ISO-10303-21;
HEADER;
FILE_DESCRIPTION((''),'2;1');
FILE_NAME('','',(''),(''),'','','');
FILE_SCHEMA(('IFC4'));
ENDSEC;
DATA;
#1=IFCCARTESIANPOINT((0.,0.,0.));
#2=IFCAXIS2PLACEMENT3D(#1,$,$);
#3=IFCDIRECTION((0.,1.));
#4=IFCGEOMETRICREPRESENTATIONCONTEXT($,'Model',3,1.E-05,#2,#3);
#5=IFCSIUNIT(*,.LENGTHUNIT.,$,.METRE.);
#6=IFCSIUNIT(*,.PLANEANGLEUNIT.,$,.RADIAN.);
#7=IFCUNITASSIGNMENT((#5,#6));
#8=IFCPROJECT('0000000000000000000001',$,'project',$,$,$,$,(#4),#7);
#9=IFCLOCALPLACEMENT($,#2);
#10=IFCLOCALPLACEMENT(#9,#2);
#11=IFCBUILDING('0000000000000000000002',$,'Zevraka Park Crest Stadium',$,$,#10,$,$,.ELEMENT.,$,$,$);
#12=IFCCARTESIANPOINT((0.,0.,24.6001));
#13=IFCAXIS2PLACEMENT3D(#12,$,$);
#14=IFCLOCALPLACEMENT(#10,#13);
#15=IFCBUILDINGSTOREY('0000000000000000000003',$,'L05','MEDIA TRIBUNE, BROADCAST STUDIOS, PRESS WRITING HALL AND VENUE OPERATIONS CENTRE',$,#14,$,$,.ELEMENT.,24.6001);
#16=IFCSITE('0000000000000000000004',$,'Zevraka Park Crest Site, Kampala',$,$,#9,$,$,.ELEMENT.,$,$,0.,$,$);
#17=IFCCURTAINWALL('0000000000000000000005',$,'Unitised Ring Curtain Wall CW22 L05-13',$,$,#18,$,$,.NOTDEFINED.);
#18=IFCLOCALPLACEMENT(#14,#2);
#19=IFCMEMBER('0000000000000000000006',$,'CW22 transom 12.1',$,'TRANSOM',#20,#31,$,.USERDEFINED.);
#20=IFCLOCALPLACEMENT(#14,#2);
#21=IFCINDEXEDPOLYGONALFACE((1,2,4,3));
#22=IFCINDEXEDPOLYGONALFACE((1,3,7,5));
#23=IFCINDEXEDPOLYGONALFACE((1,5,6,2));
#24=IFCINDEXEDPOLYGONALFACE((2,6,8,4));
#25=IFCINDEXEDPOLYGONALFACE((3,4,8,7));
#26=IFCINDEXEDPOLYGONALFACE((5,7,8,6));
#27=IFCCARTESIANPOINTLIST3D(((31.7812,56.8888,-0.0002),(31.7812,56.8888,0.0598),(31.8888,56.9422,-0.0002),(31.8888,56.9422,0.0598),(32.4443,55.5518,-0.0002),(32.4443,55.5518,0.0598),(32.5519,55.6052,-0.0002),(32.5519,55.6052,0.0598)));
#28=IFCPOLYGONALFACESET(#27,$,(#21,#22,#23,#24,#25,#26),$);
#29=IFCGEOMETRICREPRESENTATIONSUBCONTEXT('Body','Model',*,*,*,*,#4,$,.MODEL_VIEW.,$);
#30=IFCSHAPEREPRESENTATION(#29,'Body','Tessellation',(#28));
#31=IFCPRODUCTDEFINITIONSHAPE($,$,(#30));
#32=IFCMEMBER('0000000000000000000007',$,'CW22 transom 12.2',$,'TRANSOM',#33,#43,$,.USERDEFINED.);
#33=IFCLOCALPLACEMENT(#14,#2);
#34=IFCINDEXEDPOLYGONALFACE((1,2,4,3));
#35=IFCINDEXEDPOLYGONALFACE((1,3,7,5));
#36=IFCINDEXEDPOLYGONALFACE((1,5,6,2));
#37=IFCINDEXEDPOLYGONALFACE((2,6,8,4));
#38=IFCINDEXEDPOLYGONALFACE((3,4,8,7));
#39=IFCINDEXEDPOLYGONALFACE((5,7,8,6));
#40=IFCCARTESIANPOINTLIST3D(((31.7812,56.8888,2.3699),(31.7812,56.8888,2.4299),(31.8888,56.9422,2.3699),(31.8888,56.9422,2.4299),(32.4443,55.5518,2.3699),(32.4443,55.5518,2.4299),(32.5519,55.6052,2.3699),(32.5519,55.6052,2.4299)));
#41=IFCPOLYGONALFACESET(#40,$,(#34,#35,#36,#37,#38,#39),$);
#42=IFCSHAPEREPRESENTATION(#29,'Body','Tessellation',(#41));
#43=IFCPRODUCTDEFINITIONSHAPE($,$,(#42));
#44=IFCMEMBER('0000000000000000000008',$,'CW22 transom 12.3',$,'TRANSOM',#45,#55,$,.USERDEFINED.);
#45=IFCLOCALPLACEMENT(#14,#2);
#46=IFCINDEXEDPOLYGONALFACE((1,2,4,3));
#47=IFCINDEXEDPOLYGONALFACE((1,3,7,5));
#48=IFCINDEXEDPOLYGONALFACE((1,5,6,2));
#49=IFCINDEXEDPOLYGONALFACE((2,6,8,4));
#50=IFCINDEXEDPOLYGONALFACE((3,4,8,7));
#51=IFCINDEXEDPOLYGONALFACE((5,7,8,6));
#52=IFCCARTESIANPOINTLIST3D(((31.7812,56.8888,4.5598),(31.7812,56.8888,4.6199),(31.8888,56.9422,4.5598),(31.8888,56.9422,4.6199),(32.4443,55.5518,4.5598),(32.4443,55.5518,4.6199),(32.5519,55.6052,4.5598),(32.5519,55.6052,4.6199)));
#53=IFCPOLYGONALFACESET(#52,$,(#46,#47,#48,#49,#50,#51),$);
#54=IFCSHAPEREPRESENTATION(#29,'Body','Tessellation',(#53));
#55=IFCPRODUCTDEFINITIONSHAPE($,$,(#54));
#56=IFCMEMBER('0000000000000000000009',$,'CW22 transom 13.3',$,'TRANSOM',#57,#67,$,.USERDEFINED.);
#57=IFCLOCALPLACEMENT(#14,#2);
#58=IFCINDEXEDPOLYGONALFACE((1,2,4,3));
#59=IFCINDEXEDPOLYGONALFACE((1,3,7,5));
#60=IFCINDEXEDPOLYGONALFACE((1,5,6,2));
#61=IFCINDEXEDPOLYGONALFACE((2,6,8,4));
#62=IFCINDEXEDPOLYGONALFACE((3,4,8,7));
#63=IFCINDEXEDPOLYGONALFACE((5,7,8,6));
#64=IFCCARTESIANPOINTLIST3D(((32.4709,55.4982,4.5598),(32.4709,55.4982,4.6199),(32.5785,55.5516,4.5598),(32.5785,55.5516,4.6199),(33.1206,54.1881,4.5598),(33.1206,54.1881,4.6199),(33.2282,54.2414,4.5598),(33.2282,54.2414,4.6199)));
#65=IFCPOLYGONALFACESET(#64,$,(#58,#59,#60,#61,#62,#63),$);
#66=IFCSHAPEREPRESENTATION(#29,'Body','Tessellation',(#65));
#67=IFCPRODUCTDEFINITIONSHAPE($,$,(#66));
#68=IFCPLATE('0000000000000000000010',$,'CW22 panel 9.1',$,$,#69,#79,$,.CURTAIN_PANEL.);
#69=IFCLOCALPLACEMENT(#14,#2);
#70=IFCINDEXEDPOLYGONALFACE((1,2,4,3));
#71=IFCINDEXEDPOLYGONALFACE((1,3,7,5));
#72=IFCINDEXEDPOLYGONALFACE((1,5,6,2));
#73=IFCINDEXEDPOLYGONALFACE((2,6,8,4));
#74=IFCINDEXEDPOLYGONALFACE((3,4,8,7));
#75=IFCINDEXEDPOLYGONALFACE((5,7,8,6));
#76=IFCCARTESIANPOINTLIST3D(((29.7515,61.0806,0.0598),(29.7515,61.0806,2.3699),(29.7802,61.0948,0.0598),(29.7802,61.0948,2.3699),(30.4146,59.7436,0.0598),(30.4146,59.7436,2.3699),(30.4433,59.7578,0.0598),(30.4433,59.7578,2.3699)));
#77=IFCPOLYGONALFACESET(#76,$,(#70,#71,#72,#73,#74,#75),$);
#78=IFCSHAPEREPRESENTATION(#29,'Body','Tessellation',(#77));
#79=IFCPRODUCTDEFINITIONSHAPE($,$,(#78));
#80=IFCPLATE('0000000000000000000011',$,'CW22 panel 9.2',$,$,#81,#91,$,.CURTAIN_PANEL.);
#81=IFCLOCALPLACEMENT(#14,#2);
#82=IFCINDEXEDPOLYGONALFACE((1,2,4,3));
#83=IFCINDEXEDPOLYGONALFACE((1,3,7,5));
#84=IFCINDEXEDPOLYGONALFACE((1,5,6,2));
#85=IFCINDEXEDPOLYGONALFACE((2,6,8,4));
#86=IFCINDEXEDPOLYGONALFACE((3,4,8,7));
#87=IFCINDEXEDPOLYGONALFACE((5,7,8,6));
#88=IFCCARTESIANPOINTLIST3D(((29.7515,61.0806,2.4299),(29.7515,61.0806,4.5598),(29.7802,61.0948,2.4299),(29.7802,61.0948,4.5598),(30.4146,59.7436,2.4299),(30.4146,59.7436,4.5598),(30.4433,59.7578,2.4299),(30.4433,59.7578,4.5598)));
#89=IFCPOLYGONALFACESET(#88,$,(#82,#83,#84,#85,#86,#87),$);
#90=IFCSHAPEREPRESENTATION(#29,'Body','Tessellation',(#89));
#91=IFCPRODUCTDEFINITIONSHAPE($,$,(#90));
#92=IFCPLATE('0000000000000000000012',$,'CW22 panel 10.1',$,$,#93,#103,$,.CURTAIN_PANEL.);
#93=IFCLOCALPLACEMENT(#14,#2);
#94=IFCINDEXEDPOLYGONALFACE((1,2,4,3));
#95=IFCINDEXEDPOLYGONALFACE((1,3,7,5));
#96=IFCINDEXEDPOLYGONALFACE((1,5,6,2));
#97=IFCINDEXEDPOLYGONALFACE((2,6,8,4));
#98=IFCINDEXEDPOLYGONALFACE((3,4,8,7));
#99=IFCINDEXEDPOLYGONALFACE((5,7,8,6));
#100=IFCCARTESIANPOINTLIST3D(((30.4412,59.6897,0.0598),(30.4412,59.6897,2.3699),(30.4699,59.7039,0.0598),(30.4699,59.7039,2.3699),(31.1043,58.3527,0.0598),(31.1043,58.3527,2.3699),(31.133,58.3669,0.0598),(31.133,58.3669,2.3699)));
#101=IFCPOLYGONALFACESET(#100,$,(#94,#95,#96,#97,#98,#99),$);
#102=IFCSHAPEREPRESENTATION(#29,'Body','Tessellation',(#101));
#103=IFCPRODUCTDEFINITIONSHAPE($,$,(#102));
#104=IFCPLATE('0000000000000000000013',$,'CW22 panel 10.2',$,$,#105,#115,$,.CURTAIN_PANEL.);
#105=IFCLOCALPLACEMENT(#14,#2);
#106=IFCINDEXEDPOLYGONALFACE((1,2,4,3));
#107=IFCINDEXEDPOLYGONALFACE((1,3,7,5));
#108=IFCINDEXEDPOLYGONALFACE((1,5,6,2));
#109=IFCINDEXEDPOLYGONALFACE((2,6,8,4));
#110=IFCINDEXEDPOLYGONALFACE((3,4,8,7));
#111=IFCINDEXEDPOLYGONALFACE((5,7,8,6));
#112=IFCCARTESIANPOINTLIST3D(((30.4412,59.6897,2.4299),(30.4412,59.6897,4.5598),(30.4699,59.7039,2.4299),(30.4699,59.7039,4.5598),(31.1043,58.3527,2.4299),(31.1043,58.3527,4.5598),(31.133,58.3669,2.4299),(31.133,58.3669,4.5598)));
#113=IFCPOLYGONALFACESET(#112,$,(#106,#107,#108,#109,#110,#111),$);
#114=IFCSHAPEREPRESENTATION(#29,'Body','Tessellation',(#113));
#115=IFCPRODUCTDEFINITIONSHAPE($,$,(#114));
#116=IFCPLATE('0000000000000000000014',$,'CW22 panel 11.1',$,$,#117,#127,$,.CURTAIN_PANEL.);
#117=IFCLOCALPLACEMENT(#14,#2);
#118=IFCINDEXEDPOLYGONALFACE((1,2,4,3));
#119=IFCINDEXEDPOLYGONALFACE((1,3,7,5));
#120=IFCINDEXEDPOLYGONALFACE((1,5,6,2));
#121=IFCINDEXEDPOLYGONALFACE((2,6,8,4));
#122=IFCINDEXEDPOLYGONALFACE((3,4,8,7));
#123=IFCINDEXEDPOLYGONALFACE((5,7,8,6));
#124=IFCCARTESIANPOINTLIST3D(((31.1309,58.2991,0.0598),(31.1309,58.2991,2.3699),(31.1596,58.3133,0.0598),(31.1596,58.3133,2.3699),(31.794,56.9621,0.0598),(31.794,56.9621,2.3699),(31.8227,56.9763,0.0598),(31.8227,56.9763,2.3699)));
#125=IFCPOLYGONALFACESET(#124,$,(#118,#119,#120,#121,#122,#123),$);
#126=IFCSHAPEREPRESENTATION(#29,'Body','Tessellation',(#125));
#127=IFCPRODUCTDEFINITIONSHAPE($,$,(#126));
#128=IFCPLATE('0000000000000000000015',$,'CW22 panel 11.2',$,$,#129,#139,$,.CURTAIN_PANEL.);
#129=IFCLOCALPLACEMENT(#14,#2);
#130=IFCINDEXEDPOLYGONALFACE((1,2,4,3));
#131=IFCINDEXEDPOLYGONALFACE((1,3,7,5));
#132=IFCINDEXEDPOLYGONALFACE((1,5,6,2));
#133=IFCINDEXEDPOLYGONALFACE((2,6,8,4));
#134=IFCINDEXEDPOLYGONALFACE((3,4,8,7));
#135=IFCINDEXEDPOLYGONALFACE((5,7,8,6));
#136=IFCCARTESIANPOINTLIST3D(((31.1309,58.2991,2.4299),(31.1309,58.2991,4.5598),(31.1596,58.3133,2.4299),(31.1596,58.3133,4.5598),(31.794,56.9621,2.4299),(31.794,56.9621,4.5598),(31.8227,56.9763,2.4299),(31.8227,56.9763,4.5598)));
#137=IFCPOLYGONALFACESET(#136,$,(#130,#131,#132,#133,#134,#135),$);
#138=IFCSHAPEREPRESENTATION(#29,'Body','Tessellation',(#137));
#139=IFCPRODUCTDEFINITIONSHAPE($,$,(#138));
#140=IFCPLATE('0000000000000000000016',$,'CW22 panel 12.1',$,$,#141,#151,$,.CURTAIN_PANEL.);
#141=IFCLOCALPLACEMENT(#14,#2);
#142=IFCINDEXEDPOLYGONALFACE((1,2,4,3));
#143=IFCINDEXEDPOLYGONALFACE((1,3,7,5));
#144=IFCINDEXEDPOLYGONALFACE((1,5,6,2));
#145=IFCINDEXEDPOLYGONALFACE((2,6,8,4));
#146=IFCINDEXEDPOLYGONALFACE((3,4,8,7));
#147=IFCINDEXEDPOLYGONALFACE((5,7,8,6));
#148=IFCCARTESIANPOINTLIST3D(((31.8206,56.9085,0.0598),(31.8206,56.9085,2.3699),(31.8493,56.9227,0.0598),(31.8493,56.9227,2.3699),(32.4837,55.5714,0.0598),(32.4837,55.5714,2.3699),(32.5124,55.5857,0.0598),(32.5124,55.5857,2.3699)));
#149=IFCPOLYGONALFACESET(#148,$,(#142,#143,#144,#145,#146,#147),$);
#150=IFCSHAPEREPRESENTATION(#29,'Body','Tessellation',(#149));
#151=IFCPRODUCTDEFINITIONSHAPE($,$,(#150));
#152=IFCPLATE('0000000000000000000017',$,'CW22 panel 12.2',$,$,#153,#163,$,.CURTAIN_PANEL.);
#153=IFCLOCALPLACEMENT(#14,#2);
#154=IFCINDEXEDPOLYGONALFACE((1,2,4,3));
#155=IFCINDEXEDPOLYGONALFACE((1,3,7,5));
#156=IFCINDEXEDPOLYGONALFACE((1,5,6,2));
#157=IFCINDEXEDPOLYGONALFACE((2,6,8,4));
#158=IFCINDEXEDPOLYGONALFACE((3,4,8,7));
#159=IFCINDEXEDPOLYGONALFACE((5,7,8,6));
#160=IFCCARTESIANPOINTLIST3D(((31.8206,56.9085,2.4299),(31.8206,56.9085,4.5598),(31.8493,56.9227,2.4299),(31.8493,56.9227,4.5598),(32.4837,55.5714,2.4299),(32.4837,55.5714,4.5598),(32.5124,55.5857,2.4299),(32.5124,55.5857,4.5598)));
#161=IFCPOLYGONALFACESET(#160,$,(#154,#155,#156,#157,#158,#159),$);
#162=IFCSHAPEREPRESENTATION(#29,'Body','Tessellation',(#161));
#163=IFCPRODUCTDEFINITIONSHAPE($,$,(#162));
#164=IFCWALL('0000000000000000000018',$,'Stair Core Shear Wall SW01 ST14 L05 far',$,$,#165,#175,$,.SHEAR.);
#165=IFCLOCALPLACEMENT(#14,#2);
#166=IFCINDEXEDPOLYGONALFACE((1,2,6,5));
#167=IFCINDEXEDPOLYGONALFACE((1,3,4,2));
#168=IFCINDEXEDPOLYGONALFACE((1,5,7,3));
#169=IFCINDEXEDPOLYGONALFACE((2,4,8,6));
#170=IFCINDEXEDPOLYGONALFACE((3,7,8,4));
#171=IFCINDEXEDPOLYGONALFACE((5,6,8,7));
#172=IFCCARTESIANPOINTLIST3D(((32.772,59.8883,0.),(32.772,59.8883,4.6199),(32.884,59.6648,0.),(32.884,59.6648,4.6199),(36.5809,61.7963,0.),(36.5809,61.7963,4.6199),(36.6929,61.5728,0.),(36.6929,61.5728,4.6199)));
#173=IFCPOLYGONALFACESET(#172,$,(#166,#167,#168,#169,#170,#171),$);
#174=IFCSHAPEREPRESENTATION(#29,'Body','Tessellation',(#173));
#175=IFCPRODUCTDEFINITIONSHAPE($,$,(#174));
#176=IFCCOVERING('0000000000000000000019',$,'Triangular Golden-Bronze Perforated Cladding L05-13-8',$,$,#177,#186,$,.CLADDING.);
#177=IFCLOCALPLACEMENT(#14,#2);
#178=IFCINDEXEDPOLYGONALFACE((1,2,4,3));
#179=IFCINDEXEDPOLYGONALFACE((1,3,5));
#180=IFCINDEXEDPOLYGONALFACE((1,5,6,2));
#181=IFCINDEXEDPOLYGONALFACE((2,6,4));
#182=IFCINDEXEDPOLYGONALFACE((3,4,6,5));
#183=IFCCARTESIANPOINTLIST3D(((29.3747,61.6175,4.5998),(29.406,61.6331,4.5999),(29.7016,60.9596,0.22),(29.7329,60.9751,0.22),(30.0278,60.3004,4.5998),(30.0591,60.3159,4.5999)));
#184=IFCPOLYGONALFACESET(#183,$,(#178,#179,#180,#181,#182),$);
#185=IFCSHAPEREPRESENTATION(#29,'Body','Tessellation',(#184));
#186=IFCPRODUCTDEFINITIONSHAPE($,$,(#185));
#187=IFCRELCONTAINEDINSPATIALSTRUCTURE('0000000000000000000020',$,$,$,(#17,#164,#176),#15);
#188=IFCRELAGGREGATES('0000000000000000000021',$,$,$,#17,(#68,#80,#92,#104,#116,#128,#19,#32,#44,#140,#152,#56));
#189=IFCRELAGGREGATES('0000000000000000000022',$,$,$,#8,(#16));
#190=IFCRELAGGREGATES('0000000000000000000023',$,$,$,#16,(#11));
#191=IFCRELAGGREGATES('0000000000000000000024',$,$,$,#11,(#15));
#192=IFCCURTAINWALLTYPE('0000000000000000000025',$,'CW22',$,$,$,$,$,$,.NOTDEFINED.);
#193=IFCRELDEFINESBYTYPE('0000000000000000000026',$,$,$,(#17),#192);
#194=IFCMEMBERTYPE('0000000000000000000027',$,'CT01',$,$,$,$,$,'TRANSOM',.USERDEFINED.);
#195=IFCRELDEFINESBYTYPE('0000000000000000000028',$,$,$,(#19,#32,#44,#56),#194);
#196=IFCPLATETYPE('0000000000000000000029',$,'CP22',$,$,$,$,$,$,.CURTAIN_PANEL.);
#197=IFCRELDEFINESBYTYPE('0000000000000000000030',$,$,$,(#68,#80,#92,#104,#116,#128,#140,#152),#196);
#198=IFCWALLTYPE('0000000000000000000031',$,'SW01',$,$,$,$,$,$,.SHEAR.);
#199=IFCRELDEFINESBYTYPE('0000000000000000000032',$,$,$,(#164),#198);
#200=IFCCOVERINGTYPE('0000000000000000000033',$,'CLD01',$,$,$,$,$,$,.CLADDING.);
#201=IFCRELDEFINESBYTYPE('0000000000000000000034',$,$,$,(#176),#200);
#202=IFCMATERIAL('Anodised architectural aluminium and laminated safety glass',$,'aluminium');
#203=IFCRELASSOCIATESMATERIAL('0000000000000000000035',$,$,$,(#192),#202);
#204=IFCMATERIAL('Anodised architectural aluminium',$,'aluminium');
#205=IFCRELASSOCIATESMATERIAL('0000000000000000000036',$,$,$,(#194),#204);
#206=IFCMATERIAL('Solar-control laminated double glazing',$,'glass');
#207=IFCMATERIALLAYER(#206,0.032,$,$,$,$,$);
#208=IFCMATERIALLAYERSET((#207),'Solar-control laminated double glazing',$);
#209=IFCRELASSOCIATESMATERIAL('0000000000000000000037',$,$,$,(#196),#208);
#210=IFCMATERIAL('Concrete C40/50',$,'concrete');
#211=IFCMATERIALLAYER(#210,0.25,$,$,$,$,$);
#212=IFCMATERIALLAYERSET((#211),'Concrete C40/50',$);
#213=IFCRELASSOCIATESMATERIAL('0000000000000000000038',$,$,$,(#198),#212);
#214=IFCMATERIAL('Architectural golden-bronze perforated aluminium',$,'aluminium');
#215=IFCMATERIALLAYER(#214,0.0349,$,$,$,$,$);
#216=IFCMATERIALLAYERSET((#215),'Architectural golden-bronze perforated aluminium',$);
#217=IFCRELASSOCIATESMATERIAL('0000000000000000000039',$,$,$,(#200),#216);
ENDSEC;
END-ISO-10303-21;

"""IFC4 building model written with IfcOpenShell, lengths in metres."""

from ifc_helpers import new_model, si_unit, direction, frame, frame_2d, origin, origin_2d, place, context, subcontext, project, spatial, polyline, rectangle, outline, extrude, material, layer, layer_set, material_profile, profile_set, type_object, element, aggregate, save


model = new_model("IFC4")

# Units and contexts
model_context = context("Model", 3, precision=1e-05, world=origin(), true_north=direction((0.0, 1.0)))
body_context = subcontext(model_context, "Body", "Model", "MODEL_VIEW")
ifc_project = project(units=[si_unit("LENGTHUNIT", "METRE"), si_unit("PLANEANGLEUNIT", "RADIAN")], contexts=[model_context])

# Site, building, storey
site_placement = place(None, origin())
site = spatial("IfcSite", under=ifc_project, at=site_placement, Name="Zevraka Park Crest Site, Kampala", CompositionType="ELEMENT", RefElevation=0.0)
building_placement = place(site_placement, origin())
building = spatial("IfcBuilding", under=site, at=building_placement, Name="Zevraka Park Crest Stadium", CompositionType="ELEMENT")
storey_placement = place(building_placement, frame((0.0, 0.0, 24.6001)))
storey = spatial("IfcBuildingStorey", under=building, at=storey_placement, Name="L05", Description="MEDIA TRIBUNE, BROADCAST STUDIOS, PRESS WRITING HALL AND VENUE OPERATIONS CENTRE", CompositionType="ELEMENT", Elevation=24.6001)

# Curtain wall, members, plates
ifc_material_1 = material(Name="Anodised architectural aluminium and laminated safety glass", Category="aluminium")
curtain_wall_type = type_object("IfcCurtainWallType", Name="CW22", PredefinedType="NOTDEFINED", material=ifc_material_1)
curtain_wall_placement = place(storey_placement, origin())
curtain_wall = element("IfcCurtainWall", 1, at=curtain_wall_placement, inside=storey, type_object=curtain_wall_type, Name="Unitised Ring Curtain Wall CW22 L05-13", PredefinedType="NOTDEFINED")
ifc_material_2 = material(Name="Anodised architectural aluminium", Category="aluminium")
ifc_material_profile_1 = material_profile(ifc_material_2, rectangle(XDim=0.1201, YDim=0.0601, at=origin_2d()), Name="ALU TRANSOM 120x60")
ifc_profile_set_1 = profile_set([ifc_material_profile_1], Name="Anodised architectural aluminium")
member_type_1 = type_object("IfcMemberType", Name="CT01", ElementType="TRANSOM", PredefinedType="USERDEFINED", material=ifc_profile_set_1)
member_1_placement = place(storey_placement, frame((31.835, 56.9155, 0.0298), z_axis=(0.444332, -0.895862, 0.0), x_axis=(0.895862, 0.444332, 0.0)))
member_1 = element("IfcMember", 2, at=member_1_placement, type_object=member_type_1, Name="CW22 transom 12.1", ObjectType="TRANSOM", PredefinedType="USERDEFINED", context=body_context, shape_type="SweptSolid", body=[
    extrude(rectangle(XDim=0.1201, YDim=0.0601, at=origin_2d()), origin(), (0.0, 0.0, 1.0), 1.4924),
])
member_2_placement = place(storey_placement, frame((31.835, 56.9155, 2.3999), z_axis=(0.444332, -0.895862, 0.0), x_axis=(0.895862, 0.444332, 0.0)))
member_2 = element("IfcMember", 3, at=member_2_placement, type_object=member_type_1, Name="CW22 transom 12.2", ObjectType="TRANSOM", PredefinedType="USERDEFINED", context=body_context, shape_type="SweptSolid", body=[
    extrude(rectangle(XDim=0.1201, YDim=0.0601, at=origin_2d()), origin(), (0.0, 0.0, 1.0), 1.4924),
])
member_3_placement = place(storey_placement, frame((31.835, 56.9155, 4.5898), z_axis=(0.444332, -0.895862, 0.0), x_axis=(0.895862, 0.444332, 0.0)))
member_3 = element("IfcMember", 4, at=member_3_placement, type_object=member_type_1, Name="CW22 transom 12.3", ObjectType="TRANSOM", PredefinedType="USERDEFINED", context=body_context, shape_type="SweptSolid", body=[
    extrude(rectangle(XDim=0.1201, YDim=0.0601, at=origin_2d()), origin(), (0.0, 0.0, 1.0), 1.4924),
])
member_4_placement = place(storey_placement, frame((32.5247, 55.5249, 4.5898), z_axis=(0.444273, -0.895892, 0.0), x_axis=(0.895892, 0.444273, 0.0)))
member_4 = element("IfcMember", 5, at=member_4_placement, type_object=member_type_1, Name="CW22 transom 13.3", ObjectType="TRANSOM", PredefinedType="USERDEFINED", context=body_context, shape_type="SweptSolid", body=[
    extrude(rectangle(XDim=0.1201, YDim=0.0601, at=origin_2d()), origin(), (0.0, 0.0, 1.0), 1.4624),
])
ifc_material_3 = material(Name="Solar-control laminated double glazing", Category="glass")
ifc_layer_1 = layer(ifc_material_3, 0.032)
ifc_layer_set_1 = layer_set([ifc_layer_1], Name="Solar-control laminated double glazing")
plate_type = type_object("IfcPlateType", Name="CP22", PredefinedType="CURTAIN_PANEL", material=ifc_layer_set_1)
plate_1_placement = place(storey_placement, frame((30.0974, 60.4192, 0.0598), z_axis=(0.0, 0.0, 1.0), x_axis=(0.444297, -0.895879, 0.0)))
plate_1 = element("IfcPlate", 6, at=plate_1_placement, type_object=plate_type, Name="CW22 panel 9.1", PredefinedType="CURTAIN_PANEL", context=body_context, shape_type="SweptSolid", body=[
    extrude(rectangle(XDim=1.4924, YDim=0.032, at=origin_2d()), origin(), (0.0, 0.0, 1.0), 2.3101),
])
plate_2_placement = place(storey_placement, frame((30.0974, 60.4192, 2.4299), z_axis=(0.0, 0.0, 1.0), x_axis=(0.444297, -0.895879, 0.0)))
plate_2 = element("IfcPlate", 7, at=plate_2_placement, type_object=plate_type, Name="CW22 panel 9.2", PredefinedType="CURTAIN_PANEL", context=body_context, shape_type="SweptSolid", body=[
    extrude(rectangle(XDim=1.4924, YDim=0.032, at=origin_2d()), origin(), (0.0, 0.0, 1.0), 2.1299),
])
plate_3_placement = place(storey_placement, frame((30.7871, 59.0283, 0.0598), z_axis=(0.0, 0.0, 1.0), x_axis=(0.444297, -0.895879, 0.0)))
plate_3 = element("IfcPlate", 8, at=plate_3_placement, type_object=plate_type, Name="CW22 panel 10.1", PredefinedType="CURTAIN_PANEL", context=body_context, shape_type="SweptSolid", body=[
    extrude(rectangle(XDim=1.4924, YDim=0.032, at=origin_2d()), origin(), (0.0, 0.0, 1.0), 2.3101),
])
plate_4_placement = place(storey_placement, frame((30.7871, 59.0283, 2.4299), z_axis=(0.0, 0.0, 1.0), x_axis=(0.444297, -0.895879, 0.0)))
plate_4 = element("IfcPlate", 9, at=plate_4_placement, type_object=plate_type, Name="CW22 panel 10.2", PredefinedType="CURTAIN_PANEL", context=body_context, shape_type="SweptSolid", body=[
    extrude(rectangle(XDim=1.4924, YDim=0.032, at=origin_2d()), origin(), (0.0, 0.0, 1.0), 2.1299),
])
plate_5_placement = place(storey_placement, frame((31.4768, 57.6377, 0.0598), z_axis=(0.0, 0.0, 1.0), x_axis=(0.444297, -0.895879, 0.0)))
plate_5 = element("IfcPlate", 10, at=plate_5_placement, type_object=plate_type, Name="CW22 panel 11.1", PredefinedType="CURTAIN_PANEL", context=body_context, shape_type="SweptSolid", body=[
    extrude(rectangle(XDim=1.4924, YDim=0.032, at=origin_2d()), origin(), (0.0, 0.0, 1.0), 2.3101),
])
plate_6_placement = place(storey_placement, frame((31.4768, 57.6377, 2.4299), z_axis=(0.0, 0.0, 1.0), x_axis=(0.444297, -0.895879, 0.0)))
plate_6 = element("IfcPlate", 11, at=plate_6_placement, type_object=plate_type, Name="CW22 panel 11.2", PredefinedType="CURTAIN_PANEL", context=body_context, shape_type="SweptSolid", body=[
    extrude(rectangle(XDim=1.4924, YDim=0.032, at=origin_2d()), origin(), (0.0, 0.0, 1.0), 2.1299),
])
plate_7_placement = place(storey_placement, frame((32.1665, 56.2471, 0.0598), z_axis=(0.0, 0.0, 1.0), x_axis=(0.444297, -0.895879, 0.0)))
plate_7 = element("IfcPlate", 12, at=plate_7_placement, type_object=plate_type, Name="CW22 panel 12.1", PredefinedType="CURTAIN_PANEL", context=body_context, shape_type="SweptSolid", body=[
    extrude(rectangle(XDim=1.4924, YDim=0.032, at=origin_2d()), origin(), (0.0, 0.0, 1.0), 2.3101),
])
plate_8_placement = place(storey_placement, frame((32.1665, 56.2471, 2.4299), z_axis=(0.0, 0.0, 1.0), x_axis=(0.444297, -0.895879, 0.0)))
plate_8 = element("IfcPlate", 13, at=plate_8_placement, type_object=plate_type, Name="CW22 panel 12.2", PredefinedType="CURTAIN_PANEL", context=body_context, shape_type="SweptSolid", body=[
    extrude(rectangle(XDim=1.4924, YDim=0.032, at=origin_2d()), origin(), (0.0, 0.0, 1.0), 2.1299),
])
aggregate(curtain_wall, [plate_1, plate_2, plate_3, plate_4, plate_5, plate_6, member_1, member_2, member_3, plate_7, plate_8, member_4])

# Wall
ifc_material_4 = material(Name="Concrete C40/50", Category="concrete")
ifc_layer_2 = layer(ifc_material_4, 0.25)
ifc_layer_set_2 = layer_set([ifc_layer_2], Name="Concrete C40/50")
wall_type = type_object("IfcWallType", Name="SW01", PredefinedType="SHEAR", material=ifc_layer_set_2)
wall_placement = place(storey_placement, frame((32.8281, 59.7766, 0.0), z_axis=(0.0, 0.0, 1.0), x_axis=(0.894095, 0.447878, 0.0)))
element("IfcWall", 14, at=wall_placement, inside=storey, type_object=wall_type, Name="Stair Core Shear Wall SW01 ST14 L05 far", PredefinedType="SHEAR", context=body_context, shape_type="SweptSolid", body=[
    extrude(rectangle(XDim=4.26, YDim=0.25, at=frame_2d((2.1299, 0.0))), origin(), (0.0, 0.0, 1.0), 4.6199),
])

# Covering
ifc_material_5 = material(Name="Architectural golden-bronze perforated aluminium", Category="aluminium")
ifc_layer_3 = layer(ifc_material_5, 0.0349)
ifc_layer_set_3 = layer_set([ifc_layer_3], Name="Architectural golden-bronze perforated aluminium")
covering_type = type_object("IfcCoveringType", Name="CLD01", PredefinedType="CLADDING", material=ifc_layer_set_3)
covering_1_placement = place(storey_placement, frame((30.0591, 60.3159, 4.5999), z_axis=(0.895917, 0.444222, 0.000137), x_axis=(-0.444222, 0.895917, 0.0)))
element("IfcCovering", 15, at=covering_1_placement, inside=storey, type_object=covering_type, Name="Triangular Golden-Bronze Perforated Cladding L05-13-8", PredefinedType="CLADDING", context=body_context, shape_type="SweptSolid", body=[
    extrude(outline(polyline([(0.0, 0.0), (1.4702, 0.0), (0.7355, -4.3799), (0.0, 0.0)])), origin(), (0.0, 0.0, -1.0), 0.0349),
])

save(model, "model.ifc")
